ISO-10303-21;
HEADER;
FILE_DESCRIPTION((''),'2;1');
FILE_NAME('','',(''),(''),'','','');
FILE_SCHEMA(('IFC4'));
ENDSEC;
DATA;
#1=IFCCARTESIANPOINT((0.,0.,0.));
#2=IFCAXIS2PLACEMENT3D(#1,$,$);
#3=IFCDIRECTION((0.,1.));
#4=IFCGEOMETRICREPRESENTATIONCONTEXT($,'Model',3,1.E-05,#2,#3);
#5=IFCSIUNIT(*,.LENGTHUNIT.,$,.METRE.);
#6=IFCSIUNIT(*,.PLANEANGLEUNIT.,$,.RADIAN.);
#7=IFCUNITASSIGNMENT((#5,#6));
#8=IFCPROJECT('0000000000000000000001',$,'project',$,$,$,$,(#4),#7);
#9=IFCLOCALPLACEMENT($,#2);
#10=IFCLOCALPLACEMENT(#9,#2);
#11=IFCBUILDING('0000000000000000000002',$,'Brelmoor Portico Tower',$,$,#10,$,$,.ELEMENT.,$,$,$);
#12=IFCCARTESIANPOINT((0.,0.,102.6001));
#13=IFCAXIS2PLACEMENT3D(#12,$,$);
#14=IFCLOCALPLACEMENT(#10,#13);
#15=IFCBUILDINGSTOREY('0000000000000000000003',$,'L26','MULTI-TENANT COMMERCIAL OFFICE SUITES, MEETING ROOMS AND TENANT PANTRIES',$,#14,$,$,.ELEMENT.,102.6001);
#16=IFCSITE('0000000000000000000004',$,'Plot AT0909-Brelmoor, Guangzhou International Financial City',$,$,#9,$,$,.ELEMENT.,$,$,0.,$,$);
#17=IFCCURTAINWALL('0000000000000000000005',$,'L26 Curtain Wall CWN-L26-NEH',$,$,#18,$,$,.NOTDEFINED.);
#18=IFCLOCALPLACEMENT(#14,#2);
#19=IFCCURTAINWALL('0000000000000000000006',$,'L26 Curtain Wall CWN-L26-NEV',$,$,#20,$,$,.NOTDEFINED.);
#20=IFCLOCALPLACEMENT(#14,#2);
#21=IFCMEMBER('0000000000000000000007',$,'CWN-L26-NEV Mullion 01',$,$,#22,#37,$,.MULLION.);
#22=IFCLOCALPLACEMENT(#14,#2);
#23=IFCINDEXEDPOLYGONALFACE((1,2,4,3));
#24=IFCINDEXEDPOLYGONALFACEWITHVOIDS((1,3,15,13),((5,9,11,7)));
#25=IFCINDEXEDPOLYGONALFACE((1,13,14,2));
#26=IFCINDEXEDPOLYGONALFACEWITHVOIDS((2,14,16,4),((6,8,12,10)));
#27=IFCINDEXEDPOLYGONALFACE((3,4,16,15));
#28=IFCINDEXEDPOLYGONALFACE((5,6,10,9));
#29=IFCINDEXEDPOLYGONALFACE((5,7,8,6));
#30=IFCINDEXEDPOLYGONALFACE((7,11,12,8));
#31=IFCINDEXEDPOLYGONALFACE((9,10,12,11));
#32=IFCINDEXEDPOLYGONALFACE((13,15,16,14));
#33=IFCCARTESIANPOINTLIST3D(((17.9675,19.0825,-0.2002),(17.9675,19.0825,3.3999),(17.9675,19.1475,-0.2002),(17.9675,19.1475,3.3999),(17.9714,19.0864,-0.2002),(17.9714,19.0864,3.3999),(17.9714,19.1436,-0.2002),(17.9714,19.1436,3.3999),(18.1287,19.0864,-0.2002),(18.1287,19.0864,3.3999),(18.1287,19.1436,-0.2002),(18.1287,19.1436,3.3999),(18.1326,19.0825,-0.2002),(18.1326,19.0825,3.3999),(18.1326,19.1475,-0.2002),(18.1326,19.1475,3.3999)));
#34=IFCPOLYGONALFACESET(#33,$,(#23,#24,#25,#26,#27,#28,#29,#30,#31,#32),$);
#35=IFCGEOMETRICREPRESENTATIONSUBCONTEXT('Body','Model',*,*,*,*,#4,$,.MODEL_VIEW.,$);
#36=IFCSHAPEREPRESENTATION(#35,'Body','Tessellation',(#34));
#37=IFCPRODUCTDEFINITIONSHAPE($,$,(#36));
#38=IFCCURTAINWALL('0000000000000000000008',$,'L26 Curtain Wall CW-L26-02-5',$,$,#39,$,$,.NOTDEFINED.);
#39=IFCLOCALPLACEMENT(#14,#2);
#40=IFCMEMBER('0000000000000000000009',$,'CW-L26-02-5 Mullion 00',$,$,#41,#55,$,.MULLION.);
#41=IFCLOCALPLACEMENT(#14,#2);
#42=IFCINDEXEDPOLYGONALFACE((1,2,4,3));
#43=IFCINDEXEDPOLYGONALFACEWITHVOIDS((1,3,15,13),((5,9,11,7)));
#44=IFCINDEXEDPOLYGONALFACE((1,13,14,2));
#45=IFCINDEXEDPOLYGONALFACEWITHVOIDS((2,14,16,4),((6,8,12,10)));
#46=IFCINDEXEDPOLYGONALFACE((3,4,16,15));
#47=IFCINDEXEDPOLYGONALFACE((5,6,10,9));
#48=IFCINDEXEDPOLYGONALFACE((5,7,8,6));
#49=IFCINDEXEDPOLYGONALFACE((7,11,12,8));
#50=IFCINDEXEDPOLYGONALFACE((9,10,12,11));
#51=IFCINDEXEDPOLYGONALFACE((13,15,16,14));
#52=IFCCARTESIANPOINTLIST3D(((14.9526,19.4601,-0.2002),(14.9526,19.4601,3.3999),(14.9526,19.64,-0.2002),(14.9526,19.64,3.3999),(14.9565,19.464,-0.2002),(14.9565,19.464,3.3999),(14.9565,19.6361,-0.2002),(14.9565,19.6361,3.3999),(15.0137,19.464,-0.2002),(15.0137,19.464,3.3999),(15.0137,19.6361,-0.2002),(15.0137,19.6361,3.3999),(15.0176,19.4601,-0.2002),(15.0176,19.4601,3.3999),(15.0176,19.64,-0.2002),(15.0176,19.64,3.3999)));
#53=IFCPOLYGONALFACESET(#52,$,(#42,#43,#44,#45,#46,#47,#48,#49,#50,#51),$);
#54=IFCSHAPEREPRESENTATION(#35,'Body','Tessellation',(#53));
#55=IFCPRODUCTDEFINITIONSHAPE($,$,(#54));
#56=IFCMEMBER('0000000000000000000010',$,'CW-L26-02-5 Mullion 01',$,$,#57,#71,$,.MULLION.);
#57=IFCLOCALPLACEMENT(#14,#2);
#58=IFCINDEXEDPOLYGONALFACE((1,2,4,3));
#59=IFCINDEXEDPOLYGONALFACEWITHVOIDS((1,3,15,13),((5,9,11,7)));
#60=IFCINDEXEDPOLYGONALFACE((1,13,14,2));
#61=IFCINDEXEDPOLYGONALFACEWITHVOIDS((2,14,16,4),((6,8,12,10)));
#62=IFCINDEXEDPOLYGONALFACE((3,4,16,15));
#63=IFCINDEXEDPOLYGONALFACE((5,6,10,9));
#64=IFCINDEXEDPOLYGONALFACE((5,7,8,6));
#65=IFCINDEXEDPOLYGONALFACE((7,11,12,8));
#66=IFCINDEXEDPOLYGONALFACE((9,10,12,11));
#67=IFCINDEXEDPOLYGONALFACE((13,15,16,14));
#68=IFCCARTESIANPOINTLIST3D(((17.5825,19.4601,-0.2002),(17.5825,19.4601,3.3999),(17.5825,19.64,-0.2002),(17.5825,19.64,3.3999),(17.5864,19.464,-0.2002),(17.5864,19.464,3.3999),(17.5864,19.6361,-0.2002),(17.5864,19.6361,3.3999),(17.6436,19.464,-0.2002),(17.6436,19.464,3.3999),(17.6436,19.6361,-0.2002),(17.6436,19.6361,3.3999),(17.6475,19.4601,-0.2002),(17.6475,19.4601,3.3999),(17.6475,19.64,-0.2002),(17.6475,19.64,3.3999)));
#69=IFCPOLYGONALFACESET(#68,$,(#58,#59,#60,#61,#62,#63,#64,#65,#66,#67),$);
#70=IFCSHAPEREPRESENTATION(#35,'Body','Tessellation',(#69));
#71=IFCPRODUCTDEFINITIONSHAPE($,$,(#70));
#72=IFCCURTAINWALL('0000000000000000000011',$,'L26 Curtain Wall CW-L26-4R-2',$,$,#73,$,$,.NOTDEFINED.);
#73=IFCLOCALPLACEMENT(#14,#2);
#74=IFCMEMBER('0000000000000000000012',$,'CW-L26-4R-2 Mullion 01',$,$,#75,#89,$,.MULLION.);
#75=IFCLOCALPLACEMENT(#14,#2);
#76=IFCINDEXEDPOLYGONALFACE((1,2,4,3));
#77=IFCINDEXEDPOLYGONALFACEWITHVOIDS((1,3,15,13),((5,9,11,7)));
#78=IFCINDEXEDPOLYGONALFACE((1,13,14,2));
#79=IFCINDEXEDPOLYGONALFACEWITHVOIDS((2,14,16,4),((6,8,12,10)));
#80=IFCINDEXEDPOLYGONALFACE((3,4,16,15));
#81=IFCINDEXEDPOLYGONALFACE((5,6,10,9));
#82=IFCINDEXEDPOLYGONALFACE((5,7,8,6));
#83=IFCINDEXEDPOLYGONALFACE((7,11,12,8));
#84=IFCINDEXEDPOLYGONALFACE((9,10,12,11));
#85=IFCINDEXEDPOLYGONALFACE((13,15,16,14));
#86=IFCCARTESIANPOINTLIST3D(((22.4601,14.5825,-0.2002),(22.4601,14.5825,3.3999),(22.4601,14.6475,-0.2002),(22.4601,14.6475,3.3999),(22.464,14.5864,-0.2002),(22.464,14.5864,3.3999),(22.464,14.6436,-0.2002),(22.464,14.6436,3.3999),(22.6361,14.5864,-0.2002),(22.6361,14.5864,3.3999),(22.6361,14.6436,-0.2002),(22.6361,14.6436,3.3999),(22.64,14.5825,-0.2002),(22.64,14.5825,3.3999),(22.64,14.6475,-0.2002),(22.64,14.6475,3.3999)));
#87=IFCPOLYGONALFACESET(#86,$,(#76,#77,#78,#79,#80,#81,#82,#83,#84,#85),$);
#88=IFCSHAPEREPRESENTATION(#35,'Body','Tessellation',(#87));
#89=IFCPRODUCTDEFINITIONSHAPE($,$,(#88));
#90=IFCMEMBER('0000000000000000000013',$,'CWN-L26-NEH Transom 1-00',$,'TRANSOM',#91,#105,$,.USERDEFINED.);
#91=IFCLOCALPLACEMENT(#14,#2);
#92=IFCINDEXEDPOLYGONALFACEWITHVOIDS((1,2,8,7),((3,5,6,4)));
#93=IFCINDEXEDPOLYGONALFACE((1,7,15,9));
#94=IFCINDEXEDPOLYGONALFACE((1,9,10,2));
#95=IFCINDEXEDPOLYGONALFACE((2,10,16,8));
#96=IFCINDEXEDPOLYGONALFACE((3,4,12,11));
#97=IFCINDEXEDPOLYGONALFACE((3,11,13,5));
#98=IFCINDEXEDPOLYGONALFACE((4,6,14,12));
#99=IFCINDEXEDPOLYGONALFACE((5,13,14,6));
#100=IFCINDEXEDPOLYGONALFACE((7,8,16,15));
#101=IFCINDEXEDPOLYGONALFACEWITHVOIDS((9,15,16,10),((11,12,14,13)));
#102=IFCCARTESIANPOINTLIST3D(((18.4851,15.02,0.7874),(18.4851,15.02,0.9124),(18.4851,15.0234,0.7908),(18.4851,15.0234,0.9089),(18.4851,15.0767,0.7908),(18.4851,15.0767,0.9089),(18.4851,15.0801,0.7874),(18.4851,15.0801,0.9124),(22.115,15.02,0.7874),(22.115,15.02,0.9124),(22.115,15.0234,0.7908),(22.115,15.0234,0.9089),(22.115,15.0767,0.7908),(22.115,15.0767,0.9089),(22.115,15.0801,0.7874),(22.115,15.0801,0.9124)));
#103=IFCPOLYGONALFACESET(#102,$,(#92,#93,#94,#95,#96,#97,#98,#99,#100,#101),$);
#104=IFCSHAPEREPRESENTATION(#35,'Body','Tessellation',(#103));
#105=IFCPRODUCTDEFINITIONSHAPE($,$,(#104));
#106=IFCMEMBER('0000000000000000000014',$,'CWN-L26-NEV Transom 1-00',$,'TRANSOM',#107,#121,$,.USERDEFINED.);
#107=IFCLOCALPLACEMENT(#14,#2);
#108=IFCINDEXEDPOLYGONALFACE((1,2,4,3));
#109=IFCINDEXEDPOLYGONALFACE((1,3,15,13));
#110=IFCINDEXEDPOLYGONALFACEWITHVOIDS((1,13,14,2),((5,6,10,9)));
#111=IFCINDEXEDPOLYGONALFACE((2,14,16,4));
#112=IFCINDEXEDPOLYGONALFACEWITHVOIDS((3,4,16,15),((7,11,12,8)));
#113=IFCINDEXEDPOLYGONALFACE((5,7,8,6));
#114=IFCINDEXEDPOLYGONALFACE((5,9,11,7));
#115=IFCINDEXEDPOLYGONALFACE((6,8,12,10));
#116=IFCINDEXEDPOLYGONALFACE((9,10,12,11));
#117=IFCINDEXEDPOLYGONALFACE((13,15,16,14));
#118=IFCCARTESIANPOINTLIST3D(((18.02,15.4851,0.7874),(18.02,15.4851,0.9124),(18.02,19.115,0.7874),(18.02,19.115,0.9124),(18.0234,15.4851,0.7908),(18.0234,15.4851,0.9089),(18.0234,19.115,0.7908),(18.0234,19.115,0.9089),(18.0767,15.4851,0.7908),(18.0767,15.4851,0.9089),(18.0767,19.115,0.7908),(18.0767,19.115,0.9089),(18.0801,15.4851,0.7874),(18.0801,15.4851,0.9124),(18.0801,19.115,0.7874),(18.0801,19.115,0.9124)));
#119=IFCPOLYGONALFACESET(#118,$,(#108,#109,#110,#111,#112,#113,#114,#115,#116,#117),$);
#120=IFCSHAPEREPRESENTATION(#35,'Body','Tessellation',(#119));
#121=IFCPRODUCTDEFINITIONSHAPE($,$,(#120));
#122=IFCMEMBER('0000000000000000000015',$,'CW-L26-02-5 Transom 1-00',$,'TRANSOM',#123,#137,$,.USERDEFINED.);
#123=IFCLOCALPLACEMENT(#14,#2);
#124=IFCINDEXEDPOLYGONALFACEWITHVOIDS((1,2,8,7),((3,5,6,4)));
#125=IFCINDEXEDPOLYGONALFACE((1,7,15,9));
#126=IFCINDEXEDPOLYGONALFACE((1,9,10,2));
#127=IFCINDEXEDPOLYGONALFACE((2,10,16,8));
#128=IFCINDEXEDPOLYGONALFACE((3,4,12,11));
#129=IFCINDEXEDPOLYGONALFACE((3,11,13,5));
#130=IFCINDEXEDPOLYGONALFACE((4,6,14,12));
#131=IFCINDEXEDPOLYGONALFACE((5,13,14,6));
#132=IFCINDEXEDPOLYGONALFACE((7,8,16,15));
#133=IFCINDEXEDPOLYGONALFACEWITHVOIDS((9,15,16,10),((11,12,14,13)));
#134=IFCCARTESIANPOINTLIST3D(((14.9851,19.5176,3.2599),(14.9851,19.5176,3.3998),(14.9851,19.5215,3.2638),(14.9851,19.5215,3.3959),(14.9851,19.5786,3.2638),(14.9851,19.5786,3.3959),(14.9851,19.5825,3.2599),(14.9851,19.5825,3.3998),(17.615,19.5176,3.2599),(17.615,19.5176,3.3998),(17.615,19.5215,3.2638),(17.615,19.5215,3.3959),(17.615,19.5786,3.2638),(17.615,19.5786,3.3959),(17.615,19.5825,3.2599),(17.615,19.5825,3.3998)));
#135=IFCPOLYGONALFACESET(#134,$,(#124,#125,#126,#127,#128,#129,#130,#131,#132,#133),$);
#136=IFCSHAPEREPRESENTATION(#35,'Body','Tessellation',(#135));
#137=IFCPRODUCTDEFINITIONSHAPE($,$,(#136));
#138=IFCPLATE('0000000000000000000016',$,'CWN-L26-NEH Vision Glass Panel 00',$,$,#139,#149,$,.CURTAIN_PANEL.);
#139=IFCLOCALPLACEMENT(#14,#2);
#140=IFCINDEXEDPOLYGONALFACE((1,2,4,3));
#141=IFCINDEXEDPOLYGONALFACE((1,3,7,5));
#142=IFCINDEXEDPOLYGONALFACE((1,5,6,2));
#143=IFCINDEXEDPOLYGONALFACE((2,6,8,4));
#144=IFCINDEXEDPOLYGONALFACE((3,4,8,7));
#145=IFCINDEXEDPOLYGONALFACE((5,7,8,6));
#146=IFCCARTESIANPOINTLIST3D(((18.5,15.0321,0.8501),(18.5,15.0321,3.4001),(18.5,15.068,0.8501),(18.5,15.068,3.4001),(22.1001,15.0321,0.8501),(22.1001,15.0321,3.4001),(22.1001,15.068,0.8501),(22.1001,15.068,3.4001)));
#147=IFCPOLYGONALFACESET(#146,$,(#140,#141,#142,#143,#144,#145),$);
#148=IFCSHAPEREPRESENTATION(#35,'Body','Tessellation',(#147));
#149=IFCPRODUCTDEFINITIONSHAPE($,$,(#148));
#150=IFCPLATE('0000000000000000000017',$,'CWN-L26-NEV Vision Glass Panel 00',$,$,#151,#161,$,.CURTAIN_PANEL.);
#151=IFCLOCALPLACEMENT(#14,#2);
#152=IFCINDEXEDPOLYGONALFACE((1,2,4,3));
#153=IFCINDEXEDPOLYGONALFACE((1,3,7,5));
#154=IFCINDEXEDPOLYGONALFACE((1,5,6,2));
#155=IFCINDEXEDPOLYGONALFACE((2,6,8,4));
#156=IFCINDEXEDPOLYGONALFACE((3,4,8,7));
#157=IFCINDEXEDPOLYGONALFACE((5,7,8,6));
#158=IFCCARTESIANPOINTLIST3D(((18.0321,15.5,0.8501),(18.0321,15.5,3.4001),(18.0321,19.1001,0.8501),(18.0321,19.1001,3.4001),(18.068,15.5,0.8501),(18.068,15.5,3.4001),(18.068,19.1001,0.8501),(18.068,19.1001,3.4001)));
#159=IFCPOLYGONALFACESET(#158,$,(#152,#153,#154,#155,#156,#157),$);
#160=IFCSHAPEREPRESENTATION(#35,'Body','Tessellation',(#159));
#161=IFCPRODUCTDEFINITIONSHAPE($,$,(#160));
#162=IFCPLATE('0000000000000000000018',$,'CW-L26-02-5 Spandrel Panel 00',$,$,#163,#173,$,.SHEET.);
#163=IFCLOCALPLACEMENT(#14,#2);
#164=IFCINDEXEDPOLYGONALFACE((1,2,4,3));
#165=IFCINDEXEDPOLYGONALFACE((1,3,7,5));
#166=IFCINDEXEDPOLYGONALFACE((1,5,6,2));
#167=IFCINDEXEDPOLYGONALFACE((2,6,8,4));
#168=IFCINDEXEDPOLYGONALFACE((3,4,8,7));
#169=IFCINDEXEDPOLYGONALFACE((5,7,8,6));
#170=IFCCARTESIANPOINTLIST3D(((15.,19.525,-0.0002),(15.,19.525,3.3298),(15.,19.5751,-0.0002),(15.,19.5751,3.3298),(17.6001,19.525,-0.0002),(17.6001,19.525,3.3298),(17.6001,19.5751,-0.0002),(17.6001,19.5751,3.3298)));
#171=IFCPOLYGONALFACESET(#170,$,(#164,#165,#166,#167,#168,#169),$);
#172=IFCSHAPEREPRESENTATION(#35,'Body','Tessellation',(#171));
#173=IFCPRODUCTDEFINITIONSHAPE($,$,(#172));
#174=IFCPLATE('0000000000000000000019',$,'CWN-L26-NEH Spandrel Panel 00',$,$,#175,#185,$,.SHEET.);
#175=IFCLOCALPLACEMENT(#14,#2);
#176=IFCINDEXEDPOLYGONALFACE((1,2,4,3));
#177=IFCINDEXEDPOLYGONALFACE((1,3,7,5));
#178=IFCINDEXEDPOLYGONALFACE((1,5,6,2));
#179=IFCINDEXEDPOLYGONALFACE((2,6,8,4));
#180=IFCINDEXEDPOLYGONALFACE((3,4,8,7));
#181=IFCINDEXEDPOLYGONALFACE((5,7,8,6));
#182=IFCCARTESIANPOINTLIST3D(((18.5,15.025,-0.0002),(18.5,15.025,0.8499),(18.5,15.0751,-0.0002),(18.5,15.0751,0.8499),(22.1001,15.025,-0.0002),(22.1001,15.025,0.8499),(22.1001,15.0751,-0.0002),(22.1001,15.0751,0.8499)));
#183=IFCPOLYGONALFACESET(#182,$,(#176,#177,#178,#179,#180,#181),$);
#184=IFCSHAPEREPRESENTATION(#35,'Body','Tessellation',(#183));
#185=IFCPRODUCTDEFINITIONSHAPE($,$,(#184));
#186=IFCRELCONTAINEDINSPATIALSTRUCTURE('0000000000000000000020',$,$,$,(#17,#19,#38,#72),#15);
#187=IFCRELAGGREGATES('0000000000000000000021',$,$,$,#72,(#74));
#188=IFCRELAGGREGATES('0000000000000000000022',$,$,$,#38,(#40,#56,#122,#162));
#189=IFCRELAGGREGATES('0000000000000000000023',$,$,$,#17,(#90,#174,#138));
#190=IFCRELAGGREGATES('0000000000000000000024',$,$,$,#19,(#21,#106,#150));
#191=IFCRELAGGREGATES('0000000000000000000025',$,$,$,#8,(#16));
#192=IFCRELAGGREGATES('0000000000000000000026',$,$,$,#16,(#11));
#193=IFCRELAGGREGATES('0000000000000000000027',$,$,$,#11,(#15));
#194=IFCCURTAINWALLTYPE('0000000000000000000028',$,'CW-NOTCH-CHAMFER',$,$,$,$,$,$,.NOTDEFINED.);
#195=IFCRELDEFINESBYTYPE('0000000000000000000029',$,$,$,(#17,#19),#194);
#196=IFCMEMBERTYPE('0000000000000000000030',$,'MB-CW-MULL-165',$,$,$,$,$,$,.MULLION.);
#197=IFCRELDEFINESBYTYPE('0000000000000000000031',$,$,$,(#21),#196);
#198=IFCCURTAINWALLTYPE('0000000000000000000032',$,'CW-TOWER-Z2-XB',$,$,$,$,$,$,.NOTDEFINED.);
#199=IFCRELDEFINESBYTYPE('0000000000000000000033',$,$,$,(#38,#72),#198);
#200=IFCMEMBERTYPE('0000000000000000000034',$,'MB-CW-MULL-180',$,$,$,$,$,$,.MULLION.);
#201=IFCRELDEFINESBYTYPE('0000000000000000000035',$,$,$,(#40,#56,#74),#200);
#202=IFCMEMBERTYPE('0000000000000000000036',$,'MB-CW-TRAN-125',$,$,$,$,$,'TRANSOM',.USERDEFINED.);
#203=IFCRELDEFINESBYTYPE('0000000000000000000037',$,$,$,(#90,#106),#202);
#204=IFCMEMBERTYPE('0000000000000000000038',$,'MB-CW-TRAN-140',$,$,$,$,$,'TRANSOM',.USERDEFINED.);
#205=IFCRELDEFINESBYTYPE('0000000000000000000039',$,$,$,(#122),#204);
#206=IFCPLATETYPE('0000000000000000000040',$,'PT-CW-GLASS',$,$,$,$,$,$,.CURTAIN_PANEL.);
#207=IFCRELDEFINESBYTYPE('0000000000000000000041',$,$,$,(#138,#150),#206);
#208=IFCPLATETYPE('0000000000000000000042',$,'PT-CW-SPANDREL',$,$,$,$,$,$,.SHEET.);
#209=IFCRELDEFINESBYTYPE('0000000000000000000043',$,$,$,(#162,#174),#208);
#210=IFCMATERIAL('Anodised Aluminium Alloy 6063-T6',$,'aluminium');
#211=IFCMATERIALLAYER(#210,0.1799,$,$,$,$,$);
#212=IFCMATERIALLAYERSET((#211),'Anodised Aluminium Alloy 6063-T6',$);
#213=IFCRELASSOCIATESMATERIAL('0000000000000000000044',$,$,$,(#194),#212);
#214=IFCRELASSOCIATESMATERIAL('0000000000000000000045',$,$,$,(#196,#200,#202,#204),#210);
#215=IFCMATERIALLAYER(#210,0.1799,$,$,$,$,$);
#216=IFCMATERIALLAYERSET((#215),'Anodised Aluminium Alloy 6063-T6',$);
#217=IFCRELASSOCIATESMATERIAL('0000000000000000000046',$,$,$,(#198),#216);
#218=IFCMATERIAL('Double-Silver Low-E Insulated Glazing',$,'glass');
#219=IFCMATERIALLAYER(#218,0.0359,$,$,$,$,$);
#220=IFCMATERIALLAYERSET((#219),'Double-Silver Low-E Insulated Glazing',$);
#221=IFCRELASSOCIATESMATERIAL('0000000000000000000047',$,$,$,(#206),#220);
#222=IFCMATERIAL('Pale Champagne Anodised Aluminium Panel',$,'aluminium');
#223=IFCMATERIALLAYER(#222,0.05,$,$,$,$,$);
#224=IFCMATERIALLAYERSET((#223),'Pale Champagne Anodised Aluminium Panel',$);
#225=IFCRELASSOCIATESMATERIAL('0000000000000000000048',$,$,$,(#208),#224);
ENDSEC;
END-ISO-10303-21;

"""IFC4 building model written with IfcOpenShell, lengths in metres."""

from ifc_helpers import new_model, si_unit, direction, frame, origin, origin_2d, place, context, subcontext, project, spatial, rectangle, hollow_rectangle, extrude, material, layer, layer_set, material_profile, profile_set, type_object, element, aggregate, save


model = new_model("IFC4")

# Units and contexts
model_context = context("Model", 3, precision=1e-05, world=origin(), true_north=direction((0.0, 1.0)))
body_context = subcontext(model_context, "Body", "Model", "MODEL_VIEW")
ifc_project = project(units=[si_unit("LENGTHUNIT", "METRE"), si_unit("PLANEANGLEUNIT", "RADIAN")], contexts=[model_context])

# Site, building, storey
site_placement = place(None, origin())
site = spatial("IfcSite", under=ifc_project, at=site_placement, Name="Plot AT0909-Brelmoor, Guangzhou International Financial City", CompositionType="ELEMENT", RefElevation=0.0)
building_placement = place(site_placement, origin())
building = spatial("IfcBuilding", under=site, at=building_placement, Name="Brelmoor Portico Tower", CompositionType="ELEMENT")
storey_placement = place(building_placement, frame((0.0, 0.0, 102.6001)))
storey = spatial("IfcBuildingStorey", under=building, at=storey_placement, Name="L26", Description="MULTI-TENANT COMMERCIAL OFFICE SUITES, MEETING ROOMS AND TENANT PANTRIES", CompositionType="ELEMENT", Elevation=102.6001)

# Curtain walls, members
ifc_material_1 = material(Name="Anodised Aluminium Alloy 6063-T6", Category="aluminium")
ifc_layer_1 = layer(ifc_material_1, 0.1799)
ifc_layer_set_1 = layer_set([ifc_layer_1], Name="Anodised Aluminium Alloy 6063-T6")
curtain_wall_type_1 = type_object("IfcCurtainWallType", Name="CW-NOTCH-CHAMFER", PredefinedType="NOTDEFINED", material=ifc_layer_set_1)
curtain_wall_1_placement = place(storey_placement, origin())
curtain_wall_1 = element("IfcCurtainWall", 1, at=curtain_wall_1_placement, inside=storey, type_object=curtain_wall_type_1, Name="L26 Curtain Wall CWN-L26-NEH", PredefinedType="NOTDEFINED")
ifc_material_profile_1 = material_profile(ifc_material_1, hollow_rectangle(XDim=0.0649, YDim=0.165, WallThickness=0.0039, at=origin_2d()), Name="ALU MULLION 65x165")
ifc_profile_set_1 = profile_set([ifc_material_profile_1], Name="Anodised Aluminium Alloy 6063-T6")
member_type_1 = type_object("IfcMemberType", Name="MB-CW-MULL-165", PredefinedType="MULLION", material=ifc_profile_set_1)
curtain_wall_2_placement = place(storey_placement, origin())
curtain_wall_2 = element("IfcCurtainWall", 2, at=curtain_wall_2_placement, inside=storey, type_object=curtain_wall_type_1, Name="L26 Curtain Wall CWN-L26-NEV", PredefinedType="NOTDEFINED")
member_1_placement = place(storey_placement, frame((18.05, 19.115, -0.2002), z_axis=(0.0, 0.0, 1.0), x_axis=(0.0, 1.0, 0.0)))
member_1 = element("IfcMember", 3, at=member_1_placement, type_object=member_type_1, Name="CWN-L26-NEV Mullion 01", PredefinedType="MULLION", context=body_context, shape_type="SweptSolid", body=[
    extrude(hollow_rectangle(XDim=0.0649, YDim=0.165, WallThickness=0.0039, at=origin_2d()), origin(), (0.0, 0.0, 1.0), 3.6001),
])
ifc_layer_2 = layer(ifc_material_1, 0.1799)
ifc_layer_set_2 = layer_set([ifc_layer_2], Name="Anodised Aluminium Alloy 6063-T6")
curtain_wall_type_2 = type_object("IfcCurtainWallType", Name="CW-TOWER-Z2-XB", PredefinedType="NOTDEFINED", material=ifc_layer_set_2)
curtain_wall_3_placement = place(storey_placement, origin())
curtain_wall_3 = element("IfcCurtainWall", 4, at=curtain_wall_3_placement, inside=storey, type_object=curtain_wall_type_2, Name="L26 Curtain Wall CW-L26-02-5", PredefinedType="NOTDEFINED")
ifc_material_profile_2 = material_profile(ifc_material_1, hollow_rectangle(XDim=0.0649, YDim=0.1799, WallThickness=0.0039, at=origin_2d()), Name="ALU MULLION 65x180")
ifc_profile_set_2 = profile_set([ifc_material_profile_2], Name="Anodised Aluminium Alloy 6063-T6")
member_type_2 = type_object("IfcMemberType", Name="MB-CW-MULL-180", PredefinedType="MULLION", material=ifc_profile_set_2)
member_2_placement = place(storey_placement, frame((14.9851, 19.55, -0.2002), z_axis=(0.0, 0.0, 1.0), x_axis=(1.0, 0.0, 0.0)))
member_2 = element("IfcMember", 5, at=member_2_placement, type_object=member_type_2, Name="CW-L26-02-5 Mullion 00", PredefinedType="MULLION", context=body_context, shape_type="SweptSolid", body=[
    extrude(hollow_rectangle(XDim=0.0649, YDim=0.1799, WallThickness=0.0039, at=origin_2d()), origin(), (0.0, 0.0, 1.0), 3.6001),
])
member_3_placement = place(storey_placement, frame((17.615, 19.55, -0.2002), z_axis=(0.0, 0.0, 1.0), x_axis=(1.0, 0.0, 0.0)))
member_3 = element("IfcMember", 6, at=member_3_placement, type_object=member_type_2, Name="CW-L26-02-5 Mullion 01", PredefinedType="MULLION", context=body_context, shape_type="SweptSolid", body=[
    extrude(hollow_rectangle(XDim=0.0649, YDim=0.1799, WallThickness=0.0039, at=origin_2d()), origin(), (0.0, 0.0, 1.0), 3.6001),
])

# Curtain wall, member
curtain_wall_4_placement = place(storey_placement, origin())
curtain_wall_4 = element("IfcCurtainWall", 7, at=curtain_wall_4_placement, inside=storey, type_object=curtain_wall_type_2, Name="L26 Curtain Wall CW-L26-4R-2", PredefinedType="NOTDEFINED")
member_4_placement = place(storey_placement, frame((22.55, 14.615, -0.2002), z_axis=(0.0, 0.0, 1.0), x_axis=(0.0, 1.0, 0.0)))
member_4 = element("IfcMember", 8, at=member_4_placement, type_object=member_type_2, Name="CW-L26-4R-2 Mullion 01", PredefinedType="MULLION", context=body_context, shape_type="SweptSolid", body=[
    extrude(hollow_rectangle(XDim=0.0649, YDim=0.1799, WallThickness=0.0039, at=origin_2d()), origin(), (0.0, 0.0, 1.0), 3.6001),
])
aggregate(curtain_wall_4, [member_4])

# Members
ifc_material_profile_3 = material_profile(ifc_material_1, hollow_rectangle(XDim=0.0601, YDim=0.125, WallThickness=0.0034, at=origin_2d()), Name="ALU TRANSOM 60x125")
ifc_profile_set_3 = profile_set([ifc_material_profile_3], Name="Anodised Aluminium Alloy 6063-T6")
member_type_3 = type_object("IfcMemberType", Name="MB-CW-TRAN-125", ElementType="TRANSOM", PredefinedType="USERDEFINED", material=ifc_profile_set_3)
member_5_placement = place(storey_placement, frame((18.4851, 15.05, 0.8499), z_axis=(1.0, 0.0, 0.0), x_axis=(0.0, 1.0, 0.0)))
member_5 = element("IfcMember", 9, at=member_5_placement, type_object=member_type_3, Name="CWN-L26-NEH Transom 1-00", ObjectType="TRANSOM", PredefinedType="USERDEFINED", context=body_context, shape_type="SweptSolid", body=[
    extrude(hollow_rectangle(XDim=0.0601, YDim=0.125, WallThickness=0.0034, at=origin_2d()), origin(), (0.0, 0.0, 1.0), 3.6299),
])
member_6_placement = place(storey_placement, frame((18.05, 15.4851, 0.8499), z_axis=(0.0, 1.0, 0.0), x_axis=(-1.0, 0.0, 0.0)))
member_6 = element("IfcMember", 10, at=member_6_placement, type_object=member_type_3, Name="CWN-L26-NEV Transom 1-00", ObjectType="TRANSOM", PredefinedType="USERDEFINED", context=body_context, shape_type="SweptSolid", body=[
    extrude(hollow_rectangle(XDim=0.0601, YDim=0.125, WallThickness=0.0034, at=origin_2d()), origin(), (0.0, 0.0, 1.0), 3.6299),
])
ifc_material_profile_4 = material_profile(ifc_material_1, hollow_rectangle(XDim=0.0649, YDim=0.1399, WallThickness=0.0039, at=origin_2d()), Name="ALU TRANSOM 65x140")
ifc_profile_set_4 = profile_set([ifc_material_profile_4], Name="Anodised Aluminium Alloy 6063-T6")
member_type_4 = type_object("IfcMemberType", Name="MB-CW-TRAN-140", ElementType="TRANSOM", PredefinedType="USERDEFINED", material=ifc_profile_set_4)
member_7_placement = place(storey_placement, frame((14.9851, 19.55, 3.3298), z_axis=(1.0, 0.0, 0.0), x_axis=(0.0, 1.0, 0.0)))
member_7 = element("IfcMember", 11, at=member_7_placement, type_object=member_type_4, Name="CW-L26-02-5 Transom 1-00", ObjectType="TRANSOM", PredefinedType="USERDEFINED", context=body_context, shape_type="SweptSolid", body=[
    extrude(hollow_rectangle(XDim=0.0649, YDim=0.1399, WallThickness=0.0039, at=origin_2d()), origin(), (0.0, 0.0, 1.0), 2.6299),
])

# Plates
ifc_material_2 = material(Name="Double-Silver Low-E Insulated Glazing", Category="glass")
ifc_layer_3 = layer(ifc_material_2, 0.0359)
ifc_layer_set_3 = layer_set([ifc_layer_3], Name="Double-Silver Low-E Insulated Glazing")
plate_type_1 = type_object("IfcPlateType", Name="PT-CW-GLASS", PredefinedType="CURTAIN_PANEL", material=ifc_layer_set_3)
plate_1_placement = place(storey_placement, frame((20.3, 15.05, 0.8501), z_axis=(0.0, 0.0, 1.0), x_axis=(1.0, 0.0, 0.0)))
plate_1 = element("IfcPlate", 12, at=plate_1_placement, type_object=plate_type_1, Name="CWN-L26-NEH Vision Glass Panel 00", PredefinedType="CURTAIN_PANEL", context=body_context, shape_type="SweptSolid", body=[
    extrude(rectangle(XDim=3.6001, YDim=0.0359, at=origin_2d()), origin(), (0.0, 0.0, 1.0), 2.55),
])
plate_2_placement = place(storey_placement, frame((18.05, 17.3, 0.8501), z_axis=(0.0, 0.0, 1.0), x_axis=(0.0, 1.0, 0.0)))
plate_2 = element("IfcPlate", 13, at=plate_2_placement, type_object=plate_type_1, Name="CWN-L26-NEV Vision Glass Panel 00", PredefinedType="CURTAIN_PANEL", context=body_context, shape_type="SweptSolid", body=[
    extrude(rectangle(XDim=3.6001, YDim=0.0359, at=origin_2d()), origin(), (0.0, 0.0, 1.0), 2.55),
])
ifc_material_3 = material(Name="Pale Champagne Anodised Aluminium Panel", Category="aluminium")
ifc_layer_4 = layer(ifc_material_3, 0.05)
ifc_layer_set_4 = layer_set([ifc_layer_4], Name="Pale Champagne Anodised Aluminium Panel")
plate_type_2 = type_object("IfcPlateType", Name="PT-CW-SPANDREL", PredefinedType="SHEET", material=ifc_layer_set_4)
plate_3_placement = place(storey_placement, frame((16.3, 19.55, -0.0002), z_axis=(0.0, 0.0, 1.0), x_axis=(1.0, 0.0, 0.0)))
plate_3 = element("IfcPlate", 14, at=plate_3_placement, type_object=plate_type_2, Name="CW-L26-02-5 Spandrel Panel 00", PredefinedType="SHEET", context=body_context, shape_type="SweptSolid", body=[
    extrude(rectangle(XDim=2.6001, YDim=0.05, at=origin_2d()), origin(), (0.0, 0.0, 1.0), 3.3301),
])
aggregate(curtain_wall_3, [member_2, member_3, member_7, plate_3])
plate_4_placement = place(storey_placement, frame((20.3, 15.05, -0.0002), z_axis=(0.0, 0.0, 1.0), x_axis=(1.0, 0.0, 0.0)))
plate_4 = element("IfcPlate", 15, at=plate_4_placement, type_object=plate_type_2, Name="CWN-L26-NEH Spandrel Panel 00", PredefinedType="SHEET", context=body_context, shape_type="SweptSolid", body=[
    extrude(rectangle(XDim=3.6001, YDim=0.05, at=origin_2d()), origin(), (0.0, 0.0, 1.0), 0.8501),
])
aggregate(curtain_wall_1, [member_5, plate_4, plate_1])
aggregate(curtain_wall_2, [member_1, member_6, plate_2])

save(model, "model.ifc")
